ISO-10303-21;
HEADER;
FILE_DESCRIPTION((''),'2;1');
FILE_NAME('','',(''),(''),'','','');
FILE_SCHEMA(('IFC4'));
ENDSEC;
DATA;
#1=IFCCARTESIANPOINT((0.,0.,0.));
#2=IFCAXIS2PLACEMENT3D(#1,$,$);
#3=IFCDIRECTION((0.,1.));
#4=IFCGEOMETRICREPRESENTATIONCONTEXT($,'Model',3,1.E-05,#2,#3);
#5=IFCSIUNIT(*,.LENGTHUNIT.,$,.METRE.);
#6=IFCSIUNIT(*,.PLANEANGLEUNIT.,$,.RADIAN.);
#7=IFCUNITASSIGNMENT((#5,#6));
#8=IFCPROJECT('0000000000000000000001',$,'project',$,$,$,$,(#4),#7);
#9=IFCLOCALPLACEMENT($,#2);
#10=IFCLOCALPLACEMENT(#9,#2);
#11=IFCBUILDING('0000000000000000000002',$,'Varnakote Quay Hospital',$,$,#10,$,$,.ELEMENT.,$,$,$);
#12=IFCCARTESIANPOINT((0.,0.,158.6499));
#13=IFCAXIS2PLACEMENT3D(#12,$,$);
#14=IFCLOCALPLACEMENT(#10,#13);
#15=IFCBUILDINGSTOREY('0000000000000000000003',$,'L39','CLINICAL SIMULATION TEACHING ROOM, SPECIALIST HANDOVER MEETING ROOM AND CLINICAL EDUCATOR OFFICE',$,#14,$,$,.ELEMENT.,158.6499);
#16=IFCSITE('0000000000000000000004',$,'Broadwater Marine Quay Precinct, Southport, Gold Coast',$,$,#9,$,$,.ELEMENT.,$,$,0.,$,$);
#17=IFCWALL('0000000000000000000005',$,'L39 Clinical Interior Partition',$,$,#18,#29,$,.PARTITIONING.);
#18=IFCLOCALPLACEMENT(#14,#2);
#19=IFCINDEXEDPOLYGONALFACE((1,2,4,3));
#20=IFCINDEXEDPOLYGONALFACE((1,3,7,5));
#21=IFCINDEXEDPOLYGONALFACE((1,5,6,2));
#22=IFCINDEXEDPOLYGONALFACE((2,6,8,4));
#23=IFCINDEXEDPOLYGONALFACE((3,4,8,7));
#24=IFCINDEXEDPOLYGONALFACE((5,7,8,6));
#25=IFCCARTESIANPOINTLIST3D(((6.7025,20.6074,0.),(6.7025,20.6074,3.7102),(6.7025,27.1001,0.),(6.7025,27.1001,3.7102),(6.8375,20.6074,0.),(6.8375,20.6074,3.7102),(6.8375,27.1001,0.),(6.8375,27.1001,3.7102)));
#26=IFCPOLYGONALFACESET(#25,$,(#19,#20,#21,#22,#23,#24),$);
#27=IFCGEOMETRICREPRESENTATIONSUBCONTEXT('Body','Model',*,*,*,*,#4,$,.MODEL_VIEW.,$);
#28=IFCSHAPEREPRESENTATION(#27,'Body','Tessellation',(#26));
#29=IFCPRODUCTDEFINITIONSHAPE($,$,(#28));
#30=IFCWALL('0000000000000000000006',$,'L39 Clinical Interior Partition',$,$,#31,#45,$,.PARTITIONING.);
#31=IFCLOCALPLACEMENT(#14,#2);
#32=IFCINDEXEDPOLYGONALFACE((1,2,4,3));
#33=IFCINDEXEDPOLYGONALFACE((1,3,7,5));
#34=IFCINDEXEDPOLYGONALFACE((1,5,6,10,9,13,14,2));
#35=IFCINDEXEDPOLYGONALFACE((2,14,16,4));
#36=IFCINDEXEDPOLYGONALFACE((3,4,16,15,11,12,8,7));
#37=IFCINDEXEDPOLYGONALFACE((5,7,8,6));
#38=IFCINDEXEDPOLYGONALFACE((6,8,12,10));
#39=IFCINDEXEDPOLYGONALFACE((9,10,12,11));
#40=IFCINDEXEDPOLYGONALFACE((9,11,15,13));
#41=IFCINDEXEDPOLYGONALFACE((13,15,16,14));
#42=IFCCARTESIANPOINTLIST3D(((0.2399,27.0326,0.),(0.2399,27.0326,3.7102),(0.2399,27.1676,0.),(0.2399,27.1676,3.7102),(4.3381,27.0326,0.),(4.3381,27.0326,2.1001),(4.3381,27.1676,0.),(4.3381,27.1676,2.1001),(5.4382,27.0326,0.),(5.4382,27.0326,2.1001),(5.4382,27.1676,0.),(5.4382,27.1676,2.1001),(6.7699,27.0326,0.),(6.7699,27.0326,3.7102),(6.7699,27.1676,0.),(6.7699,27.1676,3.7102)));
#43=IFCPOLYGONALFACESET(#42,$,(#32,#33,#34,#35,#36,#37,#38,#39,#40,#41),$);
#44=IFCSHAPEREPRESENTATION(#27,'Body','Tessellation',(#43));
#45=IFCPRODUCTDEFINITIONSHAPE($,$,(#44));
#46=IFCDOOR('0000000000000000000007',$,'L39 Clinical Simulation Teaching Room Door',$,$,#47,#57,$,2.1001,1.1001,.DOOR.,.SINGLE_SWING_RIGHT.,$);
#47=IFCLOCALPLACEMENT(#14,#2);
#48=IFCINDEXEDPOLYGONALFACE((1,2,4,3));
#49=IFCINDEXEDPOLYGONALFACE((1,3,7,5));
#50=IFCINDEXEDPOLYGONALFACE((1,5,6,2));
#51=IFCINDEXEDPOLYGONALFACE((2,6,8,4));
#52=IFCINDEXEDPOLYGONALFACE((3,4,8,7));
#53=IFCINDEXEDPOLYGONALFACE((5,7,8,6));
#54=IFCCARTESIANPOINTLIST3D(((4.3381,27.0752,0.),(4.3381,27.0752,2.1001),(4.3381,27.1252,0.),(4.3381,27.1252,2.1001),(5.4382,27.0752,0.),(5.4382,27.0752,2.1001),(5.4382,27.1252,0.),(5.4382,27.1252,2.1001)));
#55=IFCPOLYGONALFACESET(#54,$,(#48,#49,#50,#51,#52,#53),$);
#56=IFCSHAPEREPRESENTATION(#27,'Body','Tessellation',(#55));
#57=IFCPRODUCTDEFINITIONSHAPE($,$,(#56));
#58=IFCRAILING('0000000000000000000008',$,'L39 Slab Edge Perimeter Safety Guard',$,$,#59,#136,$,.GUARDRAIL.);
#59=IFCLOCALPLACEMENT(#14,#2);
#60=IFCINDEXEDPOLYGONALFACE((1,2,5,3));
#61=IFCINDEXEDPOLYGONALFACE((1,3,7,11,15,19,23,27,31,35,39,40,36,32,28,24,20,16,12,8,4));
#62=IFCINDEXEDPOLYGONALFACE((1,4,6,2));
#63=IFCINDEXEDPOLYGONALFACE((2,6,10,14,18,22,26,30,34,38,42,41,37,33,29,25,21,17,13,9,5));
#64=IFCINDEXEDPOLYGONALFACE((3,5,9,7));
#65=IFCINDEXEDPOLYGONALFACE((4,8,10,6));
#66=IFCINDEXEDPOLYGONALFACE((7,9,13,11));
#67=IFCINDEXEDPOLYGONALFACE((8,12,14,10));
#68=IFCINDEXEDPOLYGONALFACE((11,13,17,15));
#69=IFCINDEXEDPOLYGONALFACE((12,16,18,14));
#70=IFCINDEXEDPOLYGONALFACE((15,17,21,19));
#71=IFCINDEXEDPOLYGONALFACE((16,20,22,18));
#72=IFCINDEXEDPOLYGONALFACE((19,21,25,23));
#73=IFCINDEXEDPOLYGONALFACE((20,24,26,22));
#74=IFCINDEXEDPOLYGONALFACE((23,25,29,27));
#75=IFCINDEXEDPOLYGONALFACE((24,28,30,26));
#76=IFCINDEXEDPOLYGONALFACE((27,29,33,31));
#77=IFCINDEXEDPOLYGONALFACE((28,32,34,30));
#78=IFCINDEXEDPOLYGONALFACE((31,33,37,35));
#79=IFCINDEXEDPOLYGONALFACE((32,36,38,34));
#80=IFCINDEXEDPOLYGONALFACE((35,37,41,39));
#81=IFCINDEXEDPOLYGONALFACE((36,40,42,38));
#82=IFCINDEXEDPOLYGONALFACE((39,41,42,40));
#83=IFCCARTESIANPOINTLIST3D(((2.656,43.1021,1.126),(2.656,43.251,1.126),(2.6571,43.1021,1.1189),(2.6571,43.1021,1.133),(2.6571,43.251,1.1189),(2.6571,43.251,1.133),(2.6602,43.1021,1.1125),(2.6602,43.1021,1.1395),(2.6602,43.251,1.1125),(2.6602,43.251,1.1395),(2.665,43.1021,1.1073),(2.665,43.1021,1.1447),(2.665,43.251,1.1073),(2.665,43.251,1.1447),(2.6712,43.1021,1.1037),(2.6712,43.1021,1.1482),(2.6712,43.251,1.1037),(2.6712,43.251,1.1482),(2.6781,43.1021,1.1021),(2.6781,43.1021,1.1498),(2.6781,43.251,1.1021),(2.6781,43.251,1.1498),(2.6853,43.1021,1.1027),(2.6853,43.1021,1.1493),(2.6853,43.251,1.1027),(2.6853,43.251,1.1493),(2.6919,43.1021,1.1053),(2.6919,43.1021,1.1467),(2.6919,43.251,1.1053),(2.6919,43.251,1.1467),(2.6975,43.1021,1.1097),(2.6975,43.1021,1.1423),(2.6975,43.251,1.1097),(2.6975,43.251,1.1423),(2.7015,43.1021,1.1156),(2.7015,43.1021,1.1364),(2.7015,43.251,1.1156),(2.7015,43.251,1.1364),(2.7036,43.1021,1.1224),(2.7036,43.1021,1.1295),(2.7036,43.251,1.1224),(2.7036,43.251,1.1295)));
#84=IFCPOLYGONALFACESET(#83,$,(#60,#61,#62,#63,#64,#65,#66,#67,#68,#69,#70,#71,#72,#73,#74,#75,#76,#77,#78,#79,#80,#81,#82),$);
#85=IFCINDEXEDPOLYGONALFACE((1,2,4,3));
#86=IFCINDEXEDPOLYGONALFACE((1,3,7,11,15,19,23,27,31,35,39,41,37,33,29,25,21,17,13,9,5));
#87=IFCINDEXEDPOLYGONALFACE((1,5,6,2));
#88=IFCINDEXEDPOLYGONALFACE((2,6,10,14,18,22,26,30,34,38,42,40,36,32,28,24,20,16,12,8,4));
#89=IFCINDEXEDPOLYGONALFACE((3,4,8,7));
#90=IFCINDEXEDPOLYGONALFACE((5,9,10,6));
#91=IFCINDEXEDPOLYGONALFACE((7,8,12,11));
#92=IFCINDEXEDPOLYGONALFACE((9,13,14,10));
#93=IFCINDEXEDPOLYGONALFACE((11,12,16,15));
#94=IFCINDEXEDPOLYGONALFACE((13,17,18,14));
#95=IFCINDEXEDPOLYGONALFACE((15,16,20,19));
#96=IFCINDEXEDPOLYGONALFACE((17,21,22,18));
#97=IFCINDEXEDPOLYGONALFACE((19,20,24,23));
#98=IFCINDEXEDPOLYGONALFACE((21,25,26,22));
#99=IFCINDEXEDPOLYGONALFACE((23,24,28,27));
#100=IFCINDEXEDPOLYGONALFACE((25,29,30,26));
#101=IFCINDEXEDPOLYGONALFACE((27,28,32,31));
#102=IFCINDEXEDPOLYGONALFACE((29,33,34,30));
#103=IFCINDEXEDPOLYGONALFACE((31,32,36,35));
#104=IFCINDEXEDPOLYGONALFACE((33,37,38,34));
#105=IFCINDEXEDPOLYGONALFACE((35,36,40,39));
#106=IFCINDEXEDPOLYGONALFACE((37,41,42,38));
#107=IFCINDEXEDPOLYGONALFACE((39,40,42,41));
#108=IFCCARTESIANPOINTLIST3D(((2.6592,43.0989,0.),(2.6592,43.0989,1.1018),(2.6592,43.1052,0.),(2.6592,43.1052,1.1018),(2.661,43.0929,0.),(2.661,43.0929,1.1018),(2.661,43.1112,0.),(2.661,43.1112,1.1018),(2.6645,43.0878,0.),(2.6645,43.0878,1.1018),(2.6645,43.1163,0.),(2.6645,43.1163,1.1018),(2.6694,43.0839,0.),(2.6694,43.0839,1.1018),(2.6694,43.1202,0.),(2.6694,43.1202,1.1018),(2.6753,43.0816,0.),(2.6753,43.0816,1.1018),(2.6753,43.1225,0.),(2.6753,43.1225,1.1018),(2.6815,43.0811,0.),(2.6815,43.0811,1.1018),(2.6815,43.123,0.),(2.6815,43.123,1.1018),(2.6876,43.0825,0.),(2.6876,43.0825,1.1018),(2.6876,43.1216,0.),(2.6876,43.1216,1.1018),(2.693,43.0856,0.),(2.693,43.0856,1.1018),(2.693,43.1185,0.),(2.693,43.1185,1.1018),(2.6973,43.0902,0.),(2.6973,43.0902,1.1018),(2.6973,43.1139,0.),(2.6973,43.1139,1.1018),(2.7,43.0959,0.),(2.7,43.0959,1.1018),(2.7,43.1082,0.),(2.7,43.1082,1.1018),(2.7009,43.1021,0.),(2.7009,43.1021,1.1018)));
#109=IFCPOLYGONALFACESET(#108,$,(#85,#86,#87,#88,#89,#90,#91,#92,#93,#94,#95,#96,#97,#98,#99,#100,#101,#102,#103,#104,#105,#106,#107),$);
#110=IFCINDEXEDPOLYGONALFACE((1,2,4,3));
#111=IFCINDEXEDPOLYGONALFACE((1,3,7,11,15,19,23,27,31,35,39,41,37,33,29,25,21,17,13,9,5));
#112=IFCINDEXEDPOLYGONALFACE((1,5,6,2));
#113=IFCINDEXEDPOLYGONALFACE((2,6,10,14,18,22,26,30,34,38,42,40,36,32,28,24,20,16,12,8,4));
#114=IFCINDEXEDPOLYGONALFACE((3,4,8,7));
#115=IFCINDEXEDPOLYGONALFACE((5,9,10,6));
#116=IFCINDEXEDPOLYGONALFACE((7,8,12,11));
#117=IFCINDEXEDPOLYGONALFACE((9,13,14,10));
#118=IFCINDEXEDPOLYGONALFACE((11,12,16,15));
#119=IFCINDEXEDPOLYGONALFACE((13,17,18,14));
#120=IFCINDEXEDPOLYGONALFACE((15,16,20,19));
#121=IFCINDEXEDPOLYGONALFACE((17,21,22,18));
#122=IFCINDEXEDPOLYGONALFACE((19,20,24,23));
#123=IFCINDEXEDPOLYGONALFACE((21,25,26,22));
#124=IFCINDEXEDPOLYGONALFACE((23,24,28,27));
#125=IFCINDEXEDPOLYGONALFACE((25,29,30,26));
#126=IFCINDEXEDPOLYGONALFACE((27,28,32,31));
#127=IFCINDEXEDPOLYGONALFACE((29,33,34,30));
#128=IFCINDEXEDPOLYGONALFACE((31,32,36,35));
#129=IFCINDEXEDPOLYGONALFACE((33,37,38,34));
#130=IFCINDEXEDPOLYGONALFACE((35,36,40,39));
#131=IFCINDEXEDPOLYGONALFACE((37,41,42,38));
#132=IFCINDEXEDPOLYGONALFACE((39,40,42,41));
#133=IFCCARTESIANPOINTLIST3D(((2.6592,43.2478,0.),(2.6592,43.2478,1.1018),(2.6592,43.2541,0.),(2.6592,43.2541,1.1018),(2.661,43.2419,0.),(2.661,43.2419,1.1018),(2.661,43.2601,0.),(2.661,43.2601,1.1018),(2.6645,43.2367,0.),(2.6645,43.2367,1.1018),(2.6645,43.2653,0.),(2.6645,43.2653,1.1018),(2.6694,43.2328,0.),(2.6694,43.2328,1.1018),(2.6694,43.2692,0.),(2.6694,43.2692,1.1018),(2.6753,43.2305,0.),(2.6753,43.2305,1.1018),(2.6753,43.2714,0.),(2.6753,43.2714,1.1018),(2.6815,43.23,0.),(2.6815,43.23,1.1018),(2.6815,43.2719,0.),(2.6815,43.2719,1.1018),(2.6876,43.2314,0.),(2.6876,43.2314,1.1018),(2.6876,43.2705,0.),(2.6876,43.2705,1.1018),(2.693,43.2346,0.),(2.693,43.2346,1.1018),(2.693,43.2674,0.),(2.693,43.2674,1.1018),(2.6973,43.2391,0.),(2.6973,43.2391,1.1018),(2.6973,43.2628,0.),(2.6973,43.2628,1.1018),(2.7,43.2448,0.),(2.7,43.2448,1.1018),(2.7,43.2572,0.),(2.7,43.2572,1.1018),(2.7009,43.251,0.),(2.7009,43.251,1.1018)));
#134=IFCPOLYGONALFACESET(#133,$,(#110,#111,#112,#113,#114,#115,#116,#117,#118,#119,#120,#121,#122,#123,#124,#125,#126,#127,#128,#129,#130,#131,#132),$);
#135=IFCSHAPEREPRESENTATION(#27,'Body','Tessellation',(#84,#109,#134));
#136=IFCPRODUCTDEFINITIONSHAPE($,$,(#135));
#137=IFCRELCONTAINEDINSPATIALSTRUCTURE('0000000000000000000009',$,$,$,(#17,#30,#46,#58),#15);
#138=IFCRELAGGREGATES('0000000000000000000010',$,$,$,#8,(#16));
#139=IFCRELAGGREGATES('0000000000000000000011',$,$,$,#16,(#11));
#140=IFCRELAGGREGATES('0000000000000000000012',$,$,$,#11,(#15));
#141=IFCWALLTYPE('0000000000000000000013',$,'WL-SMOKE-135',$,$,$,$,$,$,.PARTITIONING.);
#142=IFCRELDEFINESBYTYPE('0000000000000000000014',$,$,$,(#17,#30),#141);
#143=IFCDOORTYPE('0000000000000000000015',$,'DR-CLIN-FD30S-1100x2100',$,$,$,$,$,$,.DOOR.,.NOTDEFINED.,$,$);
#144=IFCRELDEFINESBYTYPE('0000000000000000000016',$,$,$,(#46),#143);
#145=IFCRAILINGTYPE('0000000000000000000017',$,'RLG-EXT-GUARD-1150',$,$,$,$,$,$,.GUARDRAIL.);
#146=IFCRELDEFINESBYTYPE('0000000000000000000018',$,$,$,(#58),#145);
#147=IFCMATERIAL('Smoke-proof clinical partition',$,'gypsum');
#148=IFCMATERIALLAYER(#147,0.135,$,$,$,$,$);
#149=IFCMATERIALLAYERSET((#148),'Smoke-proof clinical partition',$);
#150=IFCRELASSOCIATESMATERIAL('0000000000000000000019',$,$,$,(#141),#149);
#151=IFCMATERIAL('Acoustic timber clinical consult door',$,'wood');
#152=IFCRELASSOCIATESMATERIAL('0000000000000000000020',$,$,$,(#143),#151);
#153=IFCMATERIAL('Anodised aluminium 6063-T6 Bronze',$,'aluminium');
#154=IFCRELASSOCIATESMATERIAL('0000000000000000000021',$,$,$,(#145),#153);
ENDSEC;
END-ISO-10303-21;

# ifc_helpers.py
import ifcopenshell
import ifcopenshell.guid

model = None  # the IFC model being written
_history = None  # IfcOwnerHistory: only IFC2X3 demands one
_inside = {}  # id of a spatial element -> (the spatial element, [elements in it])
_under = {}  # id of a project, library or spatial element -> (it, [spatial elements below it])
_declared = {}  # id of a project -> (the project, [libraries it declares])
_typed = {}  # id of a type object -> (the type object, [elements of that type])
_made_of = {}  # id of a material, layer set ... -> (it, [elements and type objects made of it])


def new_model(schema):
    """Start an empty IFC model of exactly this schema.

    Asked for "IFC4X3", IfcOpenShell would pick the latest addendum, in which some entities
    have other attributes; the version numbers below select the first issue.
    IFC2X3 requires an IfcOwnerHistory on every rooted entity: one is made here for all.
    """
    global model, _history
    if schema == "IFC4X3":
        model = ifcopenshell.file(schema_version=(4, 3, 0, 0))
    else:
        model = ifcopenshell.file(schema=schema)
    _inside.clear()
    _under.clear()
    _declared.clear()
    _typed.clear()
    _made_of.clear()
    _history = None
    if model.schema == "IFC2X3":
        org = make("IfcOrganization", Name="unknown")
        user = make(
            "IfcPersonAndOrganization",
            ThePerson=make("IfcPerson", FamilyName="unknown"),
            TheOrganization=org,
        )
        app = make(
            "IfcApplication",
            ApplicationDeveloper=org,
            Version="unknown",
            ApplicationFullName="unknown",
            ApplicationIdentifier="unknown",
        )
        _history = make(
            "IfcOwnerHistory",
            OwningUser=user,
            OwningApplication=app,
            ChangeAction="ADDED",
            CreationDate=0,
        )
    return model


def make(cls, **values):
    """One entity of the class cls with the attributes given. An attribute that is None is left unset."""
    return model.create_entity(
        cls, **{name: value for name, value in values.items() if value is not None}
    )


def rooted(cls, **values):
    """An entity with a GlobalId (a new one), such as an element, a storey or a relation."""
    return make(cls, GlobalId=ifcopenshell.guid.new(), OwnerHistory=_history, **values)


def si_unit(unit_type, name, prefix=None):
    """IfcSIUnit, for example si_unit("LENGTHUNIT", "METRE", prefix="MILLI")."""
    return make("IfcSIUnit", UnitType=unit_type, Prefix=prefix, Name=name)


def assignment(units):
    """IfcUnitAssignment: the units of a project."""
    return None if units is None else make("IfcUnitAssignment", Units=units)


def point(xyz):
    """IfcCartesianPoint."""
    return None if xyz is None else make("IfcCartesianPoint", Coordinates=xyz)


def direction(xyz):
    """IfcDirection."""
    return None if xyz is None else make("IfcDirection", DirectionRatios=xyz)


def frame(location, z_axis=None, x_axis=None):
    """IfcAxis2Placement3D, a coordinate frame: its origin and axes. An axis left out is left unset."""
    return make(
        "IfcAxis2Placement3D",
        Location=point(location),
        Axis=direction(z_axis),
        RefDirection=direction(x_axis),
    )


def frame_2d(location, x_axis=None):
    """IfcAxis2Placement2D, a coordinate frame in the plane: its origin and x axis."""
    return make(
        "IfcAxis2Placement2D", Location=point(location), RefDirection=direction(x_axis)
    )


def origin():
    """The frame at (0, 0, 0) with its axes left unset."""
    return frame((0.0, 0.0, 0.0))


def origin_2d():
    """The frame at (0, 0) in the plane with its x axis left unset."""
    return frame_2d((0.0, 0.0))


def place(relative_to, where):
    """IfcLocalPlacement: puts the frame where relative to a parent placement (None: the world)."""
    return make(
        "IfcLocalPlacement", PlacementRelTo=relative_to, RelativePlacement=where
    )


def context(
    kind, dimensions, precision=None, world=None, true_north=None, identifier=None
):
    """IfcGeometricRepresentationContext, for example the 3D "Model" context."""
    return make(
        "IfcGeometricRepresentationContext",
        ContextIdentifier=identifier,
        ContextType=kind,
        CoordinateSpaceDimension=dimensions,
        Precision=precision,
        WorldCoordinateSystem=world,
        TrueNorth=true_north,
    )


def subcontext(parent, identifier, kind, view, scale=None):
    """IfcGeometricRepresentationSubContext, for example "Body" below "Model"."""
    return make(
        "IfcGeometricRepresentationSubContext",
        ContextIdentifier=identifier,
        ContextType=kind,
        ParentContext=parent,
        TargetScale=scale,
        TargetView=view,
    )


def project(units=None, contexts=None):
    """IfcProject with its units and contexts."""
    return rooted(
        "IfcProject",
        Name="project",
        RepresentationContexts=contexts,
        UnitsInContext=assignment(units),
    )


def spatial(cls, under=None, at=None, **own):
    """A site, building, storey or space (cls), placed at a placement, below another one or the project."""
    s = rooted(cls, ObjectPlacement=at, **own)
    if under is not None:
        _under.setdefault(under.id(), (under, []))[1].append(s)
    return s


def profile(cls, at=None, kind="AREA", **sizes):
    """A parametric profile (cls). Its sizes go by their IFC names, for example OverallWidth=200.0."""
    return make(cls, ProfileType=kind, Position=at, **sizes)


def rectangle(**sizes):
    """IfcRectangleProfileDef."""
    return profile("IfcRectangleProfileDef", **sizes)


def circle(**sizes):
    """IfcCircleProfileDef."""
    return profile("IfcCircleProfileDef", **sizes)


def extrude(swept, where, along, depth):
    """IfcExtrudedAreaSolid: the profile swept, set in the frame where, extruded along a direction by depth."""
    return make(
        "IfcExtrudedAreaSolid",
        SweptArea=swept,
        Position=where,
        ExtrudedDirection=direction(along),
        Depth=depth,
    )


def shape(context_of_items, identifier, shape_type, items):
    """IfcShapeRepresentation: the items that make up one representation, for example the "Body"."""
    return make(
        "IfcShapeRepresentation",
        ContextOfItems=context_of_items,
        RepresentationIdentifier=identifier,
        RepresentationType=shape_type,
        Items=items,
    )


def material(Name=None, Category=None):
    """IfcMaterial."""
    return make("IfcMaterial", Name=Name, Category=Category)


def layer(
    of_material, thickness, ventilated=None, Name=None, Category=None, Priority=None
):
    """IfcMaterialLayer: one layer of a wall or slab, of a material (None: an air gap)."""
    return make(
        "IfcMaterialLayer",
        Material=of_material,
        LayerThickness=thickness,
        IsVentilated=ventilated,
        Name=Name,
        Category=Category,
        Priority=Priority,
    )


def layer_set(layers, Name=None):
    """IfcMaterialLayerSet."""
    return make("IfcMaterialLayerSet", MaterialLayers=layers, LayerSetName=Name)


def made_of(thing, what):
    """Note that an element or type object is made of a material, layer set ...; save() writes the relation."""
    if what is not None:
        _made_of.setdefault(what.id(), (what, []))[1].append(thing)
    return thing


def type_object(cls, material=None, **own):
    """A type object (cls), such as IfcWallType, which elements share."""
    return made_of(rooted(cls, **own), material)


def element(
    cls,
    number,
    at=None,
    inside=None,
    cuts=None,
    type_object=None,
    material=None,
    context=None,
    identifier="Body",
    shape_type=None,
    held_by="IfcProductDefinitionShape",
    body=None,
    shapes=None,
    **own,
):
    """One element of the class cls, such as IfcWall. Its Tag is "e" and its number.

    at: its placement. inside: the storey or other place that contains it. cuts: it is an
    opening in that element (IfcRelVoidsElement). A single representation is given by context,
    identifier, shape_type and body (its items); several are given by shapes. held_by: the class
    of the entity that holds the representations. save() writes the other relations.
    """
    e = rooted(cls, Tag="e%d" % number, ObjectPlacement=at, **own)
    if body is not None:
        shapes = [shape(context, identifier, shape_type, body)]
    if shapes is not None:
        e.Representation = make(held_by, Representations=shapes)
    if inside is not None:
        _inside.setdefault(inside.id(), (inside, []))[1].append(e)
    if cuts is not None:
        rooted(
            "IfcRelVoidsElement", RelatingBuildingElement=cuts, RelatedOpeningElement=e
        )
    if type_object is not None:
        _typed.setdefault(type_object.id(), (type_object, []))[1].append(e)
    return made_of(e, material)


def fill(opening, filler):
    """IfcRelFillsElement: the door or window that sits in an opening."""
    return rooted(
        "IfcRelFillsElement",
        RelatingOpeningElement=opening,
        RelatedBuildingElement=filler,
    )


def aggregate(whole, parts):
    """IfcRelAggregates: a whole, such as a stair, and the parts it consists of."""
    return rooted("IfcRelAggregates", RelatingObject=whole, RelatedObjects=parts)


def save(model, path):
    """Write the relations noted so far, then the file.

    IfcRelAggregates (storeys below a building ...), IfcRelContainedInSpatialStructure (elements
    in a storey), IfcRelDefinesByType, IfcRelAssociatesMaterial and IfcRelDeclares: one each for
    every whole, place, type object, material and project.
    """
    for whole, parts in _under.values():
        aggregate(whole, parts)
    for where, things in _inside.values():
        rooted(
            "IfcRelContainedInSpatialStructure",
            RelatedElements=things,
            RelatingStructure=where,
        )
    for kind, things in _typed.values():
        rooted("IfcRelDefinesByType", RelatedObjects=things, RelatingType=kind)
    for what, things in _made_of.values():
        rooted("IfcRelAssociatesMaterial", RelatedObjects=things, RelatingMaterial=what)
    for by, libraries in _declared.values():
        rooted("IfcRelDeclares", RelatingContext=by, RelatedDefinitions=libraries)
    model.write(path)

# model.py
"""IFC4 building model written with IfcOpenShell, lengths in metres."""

from ifc_helpers import new_model, si_unit, direction, frame, frame_2d, origin, origin_2d, place, context, subcontext, project, spatial, rectangle, circle, extrude, material, layer, layer_set, type_object, element, fill, save


model = new_model("IFC4")

# Units and contexts
model_context = context("Model", 3, precision=1e-05, world=origin(), true_north=direction((0.0, 1.0)))
body_context = subcontext(model_context, "Body", "Model", "MODEL_VIEW")
ifc_project = project(units=[si_unit("LENGTHUNIT", "METRE"), si_unit("PLANEANGLEUNIT", "RADIAN")], contexts=[model_context])

# Site, building, storey
site_placement = place(None, origin())
site = spatial("IfcSite", under=ifc_project, at=site_placement, Name="Broadwater Marine Quay Precinct, Southport, Gold Coast", CompositionType="ELEMENT", RefElevation=0.0)
building_placement = place(site_placement, origin())
building = spatial("IfcBuilding", under=site, at=building_placement, Name="Varnakote Quay Hospital", CompositionType="ELEMENT")
storey_placement = place(building_placement, frame((0.0, 0.0, 158.6499)))
storey = spatial("IfcBuildingStorey", under=building, at=storey_placement, Name="L39", Description="CLINICAL SIMULATION TEACHING ROOM, SPECIALIST HANDOVER MEETING ROOM AND CLINICAL EDUCATOR OFFICE", CompositionType="ELEMENT", Elevation=158.6499)

# Wall
ifc_material_1 = material(Name="Smoke-proof clinical partition", Category="gypsum")
ifc_layer_1 = layer(ifc_material_1, 0.135)
ifc_layer_set_1 = layer_set([ifc_layer_1], Name="Smoke-proof clinical partition")
wall_type_1 = type_object("IfcWallType", Name="WL-SMOKE-135", PredefinedType="PARTITIONING", material=ifc_layer_set_1)
wall_1_placement = place(storey_placement, frame((6.77, 20.6074, 0.0), z_axis=(0.0, 0.0, 1.0), x_axis=(0.0, 1.0, 0.0)))
element("IfcWall", 1, at=wall_1_placement, inside=storey, type_object=wall_type_1, Name="L39 Clinical Interior Partition", PredefinedType="PARTITIONING", context=body_context, shape_type="SweptSolid", body=[
    extrude(rectangle(XDim=6.4927, YDim=0.135, at=frame_2d((3.2463, 0.0))), origin(), (0.0, 0.0, 1.0), 3.7102),
])

# Wall, opening, door
wall_2_placement = place(storey_placement, frame((6.77, 27.1001, 0.0), z_axis=(0.0, 0.0, 1.0), x_axis=(-1.0, 0.0, 0.0)))
wall_2 = element("IfcWall", 2, at=wall_2_placement, inside=storey, type_object=wall_type_1, Name="L39 Clinical Interior Partition", PredefinedType="PARTITIONING", context=body_context, shape_type="SweptSolid", body=[
    extrude(rectangle(XDim=6.53, YDim=0.135, at=frame_2d((3.2651, 0.0))), origin(), (0.0, 0.0, 1.0), 3.7102),
])
opening_1_placement = place(wall_2_placement, frame((1.3318, 0.0, 0.0)))
opening_1 = element("IfcOpeningElement", 3, at=opening_1_placement, cuts=wall_2, PredefinedType="OPENING", context=body_context, shape_type="SweptSolid", body=[
    extrude(rectangle(XDim=1.1001, YDim=2.1001, at=frame_2d((0.55, 1.05))), frame((0.0, 0.0774, 0.0), z_axis=(0.0, -1.0, 0.0), x_axis=(1.0, 0.0, 0.0)), (0.0, 0.0, 1.0), 0.155),
])
ifc_material_2 = material(Name="Acoustic timber clinical consult door", Category="wood")
door_type_1 = type_object("IfcDoorType", Name="DR-CLIN-FD30S-1100x2100", OperationType="NOTDEFINED", PredefinedType="DOOR", material=ifc_material_2)
door_1_placement = place(opening_1_placement, origin())
door_1 = element("IfcDoor", 4, at=door_1_placement, inside=storey, type_object=door_type_1, Name="L39 Clinical Simulation Teaching Room Door", OperationType="SINGLE_SWING_RIGHT", OverallHeight=2.1001, OverallWidth=1.1001, PredefinedType="DOOR", context=body_context, shape_type="SweptSolid", body=[
    extrude(rectangle(XDim=1.1001, YDim=2.1001, at=frame_2d((0.55, 1.05))), frame((0.0, 0.0249, 0.0), z_axis=(0.0, -1.0, 0.0), x_axis=(1.0, 0.0, 0.0)), (0.0, 0.0, 1.0), 0.05),
])
fill(opening_1, door_1)

# Railing
ifc_material_3 = material(Name="Anodised aluminium 6063-T6 Bronze", Category="aluminium")
railing_type = type_object("IfcRailingType", Name="RLG-EXT-GUARD-1150", PredefinedType="GUARDRAIL", material=ifc_material_3)
railing_1_placement = place(storey_placement, frame((2.6799, 43.1021, 0.0)))
element("IfcRailing", 5, at=railing_1_placement, inside=storey, type_object=railing_type, Name="L39 Slab Edge Perimeter Safety Guard", PredefinedType="GUARDRAIL", context=body_context, shape_type="SweptSolid", body=[
    extrude(circle(Radius=0.0239, at=origin_2d()), frame((0.0, 0.0, 1.126), z_axis=(0.0, 1.0, 0.0), x_axis=(-1.0, 0.0, 0.0)), (0.0, 0.0, 1.0), 0.1489),
    extrude(circle(Radius=0.021, at=origin_2d()), origin(), (0.0, 0.0, 1.0), 1.1018),
    extrude(circle(Radius=0.021, at=origin_2d()), frame((0.0, 0.1489, 0.0)), (0.0, 0.0, 1.0), 1.1018),
])

save(model, "model.ifc")
